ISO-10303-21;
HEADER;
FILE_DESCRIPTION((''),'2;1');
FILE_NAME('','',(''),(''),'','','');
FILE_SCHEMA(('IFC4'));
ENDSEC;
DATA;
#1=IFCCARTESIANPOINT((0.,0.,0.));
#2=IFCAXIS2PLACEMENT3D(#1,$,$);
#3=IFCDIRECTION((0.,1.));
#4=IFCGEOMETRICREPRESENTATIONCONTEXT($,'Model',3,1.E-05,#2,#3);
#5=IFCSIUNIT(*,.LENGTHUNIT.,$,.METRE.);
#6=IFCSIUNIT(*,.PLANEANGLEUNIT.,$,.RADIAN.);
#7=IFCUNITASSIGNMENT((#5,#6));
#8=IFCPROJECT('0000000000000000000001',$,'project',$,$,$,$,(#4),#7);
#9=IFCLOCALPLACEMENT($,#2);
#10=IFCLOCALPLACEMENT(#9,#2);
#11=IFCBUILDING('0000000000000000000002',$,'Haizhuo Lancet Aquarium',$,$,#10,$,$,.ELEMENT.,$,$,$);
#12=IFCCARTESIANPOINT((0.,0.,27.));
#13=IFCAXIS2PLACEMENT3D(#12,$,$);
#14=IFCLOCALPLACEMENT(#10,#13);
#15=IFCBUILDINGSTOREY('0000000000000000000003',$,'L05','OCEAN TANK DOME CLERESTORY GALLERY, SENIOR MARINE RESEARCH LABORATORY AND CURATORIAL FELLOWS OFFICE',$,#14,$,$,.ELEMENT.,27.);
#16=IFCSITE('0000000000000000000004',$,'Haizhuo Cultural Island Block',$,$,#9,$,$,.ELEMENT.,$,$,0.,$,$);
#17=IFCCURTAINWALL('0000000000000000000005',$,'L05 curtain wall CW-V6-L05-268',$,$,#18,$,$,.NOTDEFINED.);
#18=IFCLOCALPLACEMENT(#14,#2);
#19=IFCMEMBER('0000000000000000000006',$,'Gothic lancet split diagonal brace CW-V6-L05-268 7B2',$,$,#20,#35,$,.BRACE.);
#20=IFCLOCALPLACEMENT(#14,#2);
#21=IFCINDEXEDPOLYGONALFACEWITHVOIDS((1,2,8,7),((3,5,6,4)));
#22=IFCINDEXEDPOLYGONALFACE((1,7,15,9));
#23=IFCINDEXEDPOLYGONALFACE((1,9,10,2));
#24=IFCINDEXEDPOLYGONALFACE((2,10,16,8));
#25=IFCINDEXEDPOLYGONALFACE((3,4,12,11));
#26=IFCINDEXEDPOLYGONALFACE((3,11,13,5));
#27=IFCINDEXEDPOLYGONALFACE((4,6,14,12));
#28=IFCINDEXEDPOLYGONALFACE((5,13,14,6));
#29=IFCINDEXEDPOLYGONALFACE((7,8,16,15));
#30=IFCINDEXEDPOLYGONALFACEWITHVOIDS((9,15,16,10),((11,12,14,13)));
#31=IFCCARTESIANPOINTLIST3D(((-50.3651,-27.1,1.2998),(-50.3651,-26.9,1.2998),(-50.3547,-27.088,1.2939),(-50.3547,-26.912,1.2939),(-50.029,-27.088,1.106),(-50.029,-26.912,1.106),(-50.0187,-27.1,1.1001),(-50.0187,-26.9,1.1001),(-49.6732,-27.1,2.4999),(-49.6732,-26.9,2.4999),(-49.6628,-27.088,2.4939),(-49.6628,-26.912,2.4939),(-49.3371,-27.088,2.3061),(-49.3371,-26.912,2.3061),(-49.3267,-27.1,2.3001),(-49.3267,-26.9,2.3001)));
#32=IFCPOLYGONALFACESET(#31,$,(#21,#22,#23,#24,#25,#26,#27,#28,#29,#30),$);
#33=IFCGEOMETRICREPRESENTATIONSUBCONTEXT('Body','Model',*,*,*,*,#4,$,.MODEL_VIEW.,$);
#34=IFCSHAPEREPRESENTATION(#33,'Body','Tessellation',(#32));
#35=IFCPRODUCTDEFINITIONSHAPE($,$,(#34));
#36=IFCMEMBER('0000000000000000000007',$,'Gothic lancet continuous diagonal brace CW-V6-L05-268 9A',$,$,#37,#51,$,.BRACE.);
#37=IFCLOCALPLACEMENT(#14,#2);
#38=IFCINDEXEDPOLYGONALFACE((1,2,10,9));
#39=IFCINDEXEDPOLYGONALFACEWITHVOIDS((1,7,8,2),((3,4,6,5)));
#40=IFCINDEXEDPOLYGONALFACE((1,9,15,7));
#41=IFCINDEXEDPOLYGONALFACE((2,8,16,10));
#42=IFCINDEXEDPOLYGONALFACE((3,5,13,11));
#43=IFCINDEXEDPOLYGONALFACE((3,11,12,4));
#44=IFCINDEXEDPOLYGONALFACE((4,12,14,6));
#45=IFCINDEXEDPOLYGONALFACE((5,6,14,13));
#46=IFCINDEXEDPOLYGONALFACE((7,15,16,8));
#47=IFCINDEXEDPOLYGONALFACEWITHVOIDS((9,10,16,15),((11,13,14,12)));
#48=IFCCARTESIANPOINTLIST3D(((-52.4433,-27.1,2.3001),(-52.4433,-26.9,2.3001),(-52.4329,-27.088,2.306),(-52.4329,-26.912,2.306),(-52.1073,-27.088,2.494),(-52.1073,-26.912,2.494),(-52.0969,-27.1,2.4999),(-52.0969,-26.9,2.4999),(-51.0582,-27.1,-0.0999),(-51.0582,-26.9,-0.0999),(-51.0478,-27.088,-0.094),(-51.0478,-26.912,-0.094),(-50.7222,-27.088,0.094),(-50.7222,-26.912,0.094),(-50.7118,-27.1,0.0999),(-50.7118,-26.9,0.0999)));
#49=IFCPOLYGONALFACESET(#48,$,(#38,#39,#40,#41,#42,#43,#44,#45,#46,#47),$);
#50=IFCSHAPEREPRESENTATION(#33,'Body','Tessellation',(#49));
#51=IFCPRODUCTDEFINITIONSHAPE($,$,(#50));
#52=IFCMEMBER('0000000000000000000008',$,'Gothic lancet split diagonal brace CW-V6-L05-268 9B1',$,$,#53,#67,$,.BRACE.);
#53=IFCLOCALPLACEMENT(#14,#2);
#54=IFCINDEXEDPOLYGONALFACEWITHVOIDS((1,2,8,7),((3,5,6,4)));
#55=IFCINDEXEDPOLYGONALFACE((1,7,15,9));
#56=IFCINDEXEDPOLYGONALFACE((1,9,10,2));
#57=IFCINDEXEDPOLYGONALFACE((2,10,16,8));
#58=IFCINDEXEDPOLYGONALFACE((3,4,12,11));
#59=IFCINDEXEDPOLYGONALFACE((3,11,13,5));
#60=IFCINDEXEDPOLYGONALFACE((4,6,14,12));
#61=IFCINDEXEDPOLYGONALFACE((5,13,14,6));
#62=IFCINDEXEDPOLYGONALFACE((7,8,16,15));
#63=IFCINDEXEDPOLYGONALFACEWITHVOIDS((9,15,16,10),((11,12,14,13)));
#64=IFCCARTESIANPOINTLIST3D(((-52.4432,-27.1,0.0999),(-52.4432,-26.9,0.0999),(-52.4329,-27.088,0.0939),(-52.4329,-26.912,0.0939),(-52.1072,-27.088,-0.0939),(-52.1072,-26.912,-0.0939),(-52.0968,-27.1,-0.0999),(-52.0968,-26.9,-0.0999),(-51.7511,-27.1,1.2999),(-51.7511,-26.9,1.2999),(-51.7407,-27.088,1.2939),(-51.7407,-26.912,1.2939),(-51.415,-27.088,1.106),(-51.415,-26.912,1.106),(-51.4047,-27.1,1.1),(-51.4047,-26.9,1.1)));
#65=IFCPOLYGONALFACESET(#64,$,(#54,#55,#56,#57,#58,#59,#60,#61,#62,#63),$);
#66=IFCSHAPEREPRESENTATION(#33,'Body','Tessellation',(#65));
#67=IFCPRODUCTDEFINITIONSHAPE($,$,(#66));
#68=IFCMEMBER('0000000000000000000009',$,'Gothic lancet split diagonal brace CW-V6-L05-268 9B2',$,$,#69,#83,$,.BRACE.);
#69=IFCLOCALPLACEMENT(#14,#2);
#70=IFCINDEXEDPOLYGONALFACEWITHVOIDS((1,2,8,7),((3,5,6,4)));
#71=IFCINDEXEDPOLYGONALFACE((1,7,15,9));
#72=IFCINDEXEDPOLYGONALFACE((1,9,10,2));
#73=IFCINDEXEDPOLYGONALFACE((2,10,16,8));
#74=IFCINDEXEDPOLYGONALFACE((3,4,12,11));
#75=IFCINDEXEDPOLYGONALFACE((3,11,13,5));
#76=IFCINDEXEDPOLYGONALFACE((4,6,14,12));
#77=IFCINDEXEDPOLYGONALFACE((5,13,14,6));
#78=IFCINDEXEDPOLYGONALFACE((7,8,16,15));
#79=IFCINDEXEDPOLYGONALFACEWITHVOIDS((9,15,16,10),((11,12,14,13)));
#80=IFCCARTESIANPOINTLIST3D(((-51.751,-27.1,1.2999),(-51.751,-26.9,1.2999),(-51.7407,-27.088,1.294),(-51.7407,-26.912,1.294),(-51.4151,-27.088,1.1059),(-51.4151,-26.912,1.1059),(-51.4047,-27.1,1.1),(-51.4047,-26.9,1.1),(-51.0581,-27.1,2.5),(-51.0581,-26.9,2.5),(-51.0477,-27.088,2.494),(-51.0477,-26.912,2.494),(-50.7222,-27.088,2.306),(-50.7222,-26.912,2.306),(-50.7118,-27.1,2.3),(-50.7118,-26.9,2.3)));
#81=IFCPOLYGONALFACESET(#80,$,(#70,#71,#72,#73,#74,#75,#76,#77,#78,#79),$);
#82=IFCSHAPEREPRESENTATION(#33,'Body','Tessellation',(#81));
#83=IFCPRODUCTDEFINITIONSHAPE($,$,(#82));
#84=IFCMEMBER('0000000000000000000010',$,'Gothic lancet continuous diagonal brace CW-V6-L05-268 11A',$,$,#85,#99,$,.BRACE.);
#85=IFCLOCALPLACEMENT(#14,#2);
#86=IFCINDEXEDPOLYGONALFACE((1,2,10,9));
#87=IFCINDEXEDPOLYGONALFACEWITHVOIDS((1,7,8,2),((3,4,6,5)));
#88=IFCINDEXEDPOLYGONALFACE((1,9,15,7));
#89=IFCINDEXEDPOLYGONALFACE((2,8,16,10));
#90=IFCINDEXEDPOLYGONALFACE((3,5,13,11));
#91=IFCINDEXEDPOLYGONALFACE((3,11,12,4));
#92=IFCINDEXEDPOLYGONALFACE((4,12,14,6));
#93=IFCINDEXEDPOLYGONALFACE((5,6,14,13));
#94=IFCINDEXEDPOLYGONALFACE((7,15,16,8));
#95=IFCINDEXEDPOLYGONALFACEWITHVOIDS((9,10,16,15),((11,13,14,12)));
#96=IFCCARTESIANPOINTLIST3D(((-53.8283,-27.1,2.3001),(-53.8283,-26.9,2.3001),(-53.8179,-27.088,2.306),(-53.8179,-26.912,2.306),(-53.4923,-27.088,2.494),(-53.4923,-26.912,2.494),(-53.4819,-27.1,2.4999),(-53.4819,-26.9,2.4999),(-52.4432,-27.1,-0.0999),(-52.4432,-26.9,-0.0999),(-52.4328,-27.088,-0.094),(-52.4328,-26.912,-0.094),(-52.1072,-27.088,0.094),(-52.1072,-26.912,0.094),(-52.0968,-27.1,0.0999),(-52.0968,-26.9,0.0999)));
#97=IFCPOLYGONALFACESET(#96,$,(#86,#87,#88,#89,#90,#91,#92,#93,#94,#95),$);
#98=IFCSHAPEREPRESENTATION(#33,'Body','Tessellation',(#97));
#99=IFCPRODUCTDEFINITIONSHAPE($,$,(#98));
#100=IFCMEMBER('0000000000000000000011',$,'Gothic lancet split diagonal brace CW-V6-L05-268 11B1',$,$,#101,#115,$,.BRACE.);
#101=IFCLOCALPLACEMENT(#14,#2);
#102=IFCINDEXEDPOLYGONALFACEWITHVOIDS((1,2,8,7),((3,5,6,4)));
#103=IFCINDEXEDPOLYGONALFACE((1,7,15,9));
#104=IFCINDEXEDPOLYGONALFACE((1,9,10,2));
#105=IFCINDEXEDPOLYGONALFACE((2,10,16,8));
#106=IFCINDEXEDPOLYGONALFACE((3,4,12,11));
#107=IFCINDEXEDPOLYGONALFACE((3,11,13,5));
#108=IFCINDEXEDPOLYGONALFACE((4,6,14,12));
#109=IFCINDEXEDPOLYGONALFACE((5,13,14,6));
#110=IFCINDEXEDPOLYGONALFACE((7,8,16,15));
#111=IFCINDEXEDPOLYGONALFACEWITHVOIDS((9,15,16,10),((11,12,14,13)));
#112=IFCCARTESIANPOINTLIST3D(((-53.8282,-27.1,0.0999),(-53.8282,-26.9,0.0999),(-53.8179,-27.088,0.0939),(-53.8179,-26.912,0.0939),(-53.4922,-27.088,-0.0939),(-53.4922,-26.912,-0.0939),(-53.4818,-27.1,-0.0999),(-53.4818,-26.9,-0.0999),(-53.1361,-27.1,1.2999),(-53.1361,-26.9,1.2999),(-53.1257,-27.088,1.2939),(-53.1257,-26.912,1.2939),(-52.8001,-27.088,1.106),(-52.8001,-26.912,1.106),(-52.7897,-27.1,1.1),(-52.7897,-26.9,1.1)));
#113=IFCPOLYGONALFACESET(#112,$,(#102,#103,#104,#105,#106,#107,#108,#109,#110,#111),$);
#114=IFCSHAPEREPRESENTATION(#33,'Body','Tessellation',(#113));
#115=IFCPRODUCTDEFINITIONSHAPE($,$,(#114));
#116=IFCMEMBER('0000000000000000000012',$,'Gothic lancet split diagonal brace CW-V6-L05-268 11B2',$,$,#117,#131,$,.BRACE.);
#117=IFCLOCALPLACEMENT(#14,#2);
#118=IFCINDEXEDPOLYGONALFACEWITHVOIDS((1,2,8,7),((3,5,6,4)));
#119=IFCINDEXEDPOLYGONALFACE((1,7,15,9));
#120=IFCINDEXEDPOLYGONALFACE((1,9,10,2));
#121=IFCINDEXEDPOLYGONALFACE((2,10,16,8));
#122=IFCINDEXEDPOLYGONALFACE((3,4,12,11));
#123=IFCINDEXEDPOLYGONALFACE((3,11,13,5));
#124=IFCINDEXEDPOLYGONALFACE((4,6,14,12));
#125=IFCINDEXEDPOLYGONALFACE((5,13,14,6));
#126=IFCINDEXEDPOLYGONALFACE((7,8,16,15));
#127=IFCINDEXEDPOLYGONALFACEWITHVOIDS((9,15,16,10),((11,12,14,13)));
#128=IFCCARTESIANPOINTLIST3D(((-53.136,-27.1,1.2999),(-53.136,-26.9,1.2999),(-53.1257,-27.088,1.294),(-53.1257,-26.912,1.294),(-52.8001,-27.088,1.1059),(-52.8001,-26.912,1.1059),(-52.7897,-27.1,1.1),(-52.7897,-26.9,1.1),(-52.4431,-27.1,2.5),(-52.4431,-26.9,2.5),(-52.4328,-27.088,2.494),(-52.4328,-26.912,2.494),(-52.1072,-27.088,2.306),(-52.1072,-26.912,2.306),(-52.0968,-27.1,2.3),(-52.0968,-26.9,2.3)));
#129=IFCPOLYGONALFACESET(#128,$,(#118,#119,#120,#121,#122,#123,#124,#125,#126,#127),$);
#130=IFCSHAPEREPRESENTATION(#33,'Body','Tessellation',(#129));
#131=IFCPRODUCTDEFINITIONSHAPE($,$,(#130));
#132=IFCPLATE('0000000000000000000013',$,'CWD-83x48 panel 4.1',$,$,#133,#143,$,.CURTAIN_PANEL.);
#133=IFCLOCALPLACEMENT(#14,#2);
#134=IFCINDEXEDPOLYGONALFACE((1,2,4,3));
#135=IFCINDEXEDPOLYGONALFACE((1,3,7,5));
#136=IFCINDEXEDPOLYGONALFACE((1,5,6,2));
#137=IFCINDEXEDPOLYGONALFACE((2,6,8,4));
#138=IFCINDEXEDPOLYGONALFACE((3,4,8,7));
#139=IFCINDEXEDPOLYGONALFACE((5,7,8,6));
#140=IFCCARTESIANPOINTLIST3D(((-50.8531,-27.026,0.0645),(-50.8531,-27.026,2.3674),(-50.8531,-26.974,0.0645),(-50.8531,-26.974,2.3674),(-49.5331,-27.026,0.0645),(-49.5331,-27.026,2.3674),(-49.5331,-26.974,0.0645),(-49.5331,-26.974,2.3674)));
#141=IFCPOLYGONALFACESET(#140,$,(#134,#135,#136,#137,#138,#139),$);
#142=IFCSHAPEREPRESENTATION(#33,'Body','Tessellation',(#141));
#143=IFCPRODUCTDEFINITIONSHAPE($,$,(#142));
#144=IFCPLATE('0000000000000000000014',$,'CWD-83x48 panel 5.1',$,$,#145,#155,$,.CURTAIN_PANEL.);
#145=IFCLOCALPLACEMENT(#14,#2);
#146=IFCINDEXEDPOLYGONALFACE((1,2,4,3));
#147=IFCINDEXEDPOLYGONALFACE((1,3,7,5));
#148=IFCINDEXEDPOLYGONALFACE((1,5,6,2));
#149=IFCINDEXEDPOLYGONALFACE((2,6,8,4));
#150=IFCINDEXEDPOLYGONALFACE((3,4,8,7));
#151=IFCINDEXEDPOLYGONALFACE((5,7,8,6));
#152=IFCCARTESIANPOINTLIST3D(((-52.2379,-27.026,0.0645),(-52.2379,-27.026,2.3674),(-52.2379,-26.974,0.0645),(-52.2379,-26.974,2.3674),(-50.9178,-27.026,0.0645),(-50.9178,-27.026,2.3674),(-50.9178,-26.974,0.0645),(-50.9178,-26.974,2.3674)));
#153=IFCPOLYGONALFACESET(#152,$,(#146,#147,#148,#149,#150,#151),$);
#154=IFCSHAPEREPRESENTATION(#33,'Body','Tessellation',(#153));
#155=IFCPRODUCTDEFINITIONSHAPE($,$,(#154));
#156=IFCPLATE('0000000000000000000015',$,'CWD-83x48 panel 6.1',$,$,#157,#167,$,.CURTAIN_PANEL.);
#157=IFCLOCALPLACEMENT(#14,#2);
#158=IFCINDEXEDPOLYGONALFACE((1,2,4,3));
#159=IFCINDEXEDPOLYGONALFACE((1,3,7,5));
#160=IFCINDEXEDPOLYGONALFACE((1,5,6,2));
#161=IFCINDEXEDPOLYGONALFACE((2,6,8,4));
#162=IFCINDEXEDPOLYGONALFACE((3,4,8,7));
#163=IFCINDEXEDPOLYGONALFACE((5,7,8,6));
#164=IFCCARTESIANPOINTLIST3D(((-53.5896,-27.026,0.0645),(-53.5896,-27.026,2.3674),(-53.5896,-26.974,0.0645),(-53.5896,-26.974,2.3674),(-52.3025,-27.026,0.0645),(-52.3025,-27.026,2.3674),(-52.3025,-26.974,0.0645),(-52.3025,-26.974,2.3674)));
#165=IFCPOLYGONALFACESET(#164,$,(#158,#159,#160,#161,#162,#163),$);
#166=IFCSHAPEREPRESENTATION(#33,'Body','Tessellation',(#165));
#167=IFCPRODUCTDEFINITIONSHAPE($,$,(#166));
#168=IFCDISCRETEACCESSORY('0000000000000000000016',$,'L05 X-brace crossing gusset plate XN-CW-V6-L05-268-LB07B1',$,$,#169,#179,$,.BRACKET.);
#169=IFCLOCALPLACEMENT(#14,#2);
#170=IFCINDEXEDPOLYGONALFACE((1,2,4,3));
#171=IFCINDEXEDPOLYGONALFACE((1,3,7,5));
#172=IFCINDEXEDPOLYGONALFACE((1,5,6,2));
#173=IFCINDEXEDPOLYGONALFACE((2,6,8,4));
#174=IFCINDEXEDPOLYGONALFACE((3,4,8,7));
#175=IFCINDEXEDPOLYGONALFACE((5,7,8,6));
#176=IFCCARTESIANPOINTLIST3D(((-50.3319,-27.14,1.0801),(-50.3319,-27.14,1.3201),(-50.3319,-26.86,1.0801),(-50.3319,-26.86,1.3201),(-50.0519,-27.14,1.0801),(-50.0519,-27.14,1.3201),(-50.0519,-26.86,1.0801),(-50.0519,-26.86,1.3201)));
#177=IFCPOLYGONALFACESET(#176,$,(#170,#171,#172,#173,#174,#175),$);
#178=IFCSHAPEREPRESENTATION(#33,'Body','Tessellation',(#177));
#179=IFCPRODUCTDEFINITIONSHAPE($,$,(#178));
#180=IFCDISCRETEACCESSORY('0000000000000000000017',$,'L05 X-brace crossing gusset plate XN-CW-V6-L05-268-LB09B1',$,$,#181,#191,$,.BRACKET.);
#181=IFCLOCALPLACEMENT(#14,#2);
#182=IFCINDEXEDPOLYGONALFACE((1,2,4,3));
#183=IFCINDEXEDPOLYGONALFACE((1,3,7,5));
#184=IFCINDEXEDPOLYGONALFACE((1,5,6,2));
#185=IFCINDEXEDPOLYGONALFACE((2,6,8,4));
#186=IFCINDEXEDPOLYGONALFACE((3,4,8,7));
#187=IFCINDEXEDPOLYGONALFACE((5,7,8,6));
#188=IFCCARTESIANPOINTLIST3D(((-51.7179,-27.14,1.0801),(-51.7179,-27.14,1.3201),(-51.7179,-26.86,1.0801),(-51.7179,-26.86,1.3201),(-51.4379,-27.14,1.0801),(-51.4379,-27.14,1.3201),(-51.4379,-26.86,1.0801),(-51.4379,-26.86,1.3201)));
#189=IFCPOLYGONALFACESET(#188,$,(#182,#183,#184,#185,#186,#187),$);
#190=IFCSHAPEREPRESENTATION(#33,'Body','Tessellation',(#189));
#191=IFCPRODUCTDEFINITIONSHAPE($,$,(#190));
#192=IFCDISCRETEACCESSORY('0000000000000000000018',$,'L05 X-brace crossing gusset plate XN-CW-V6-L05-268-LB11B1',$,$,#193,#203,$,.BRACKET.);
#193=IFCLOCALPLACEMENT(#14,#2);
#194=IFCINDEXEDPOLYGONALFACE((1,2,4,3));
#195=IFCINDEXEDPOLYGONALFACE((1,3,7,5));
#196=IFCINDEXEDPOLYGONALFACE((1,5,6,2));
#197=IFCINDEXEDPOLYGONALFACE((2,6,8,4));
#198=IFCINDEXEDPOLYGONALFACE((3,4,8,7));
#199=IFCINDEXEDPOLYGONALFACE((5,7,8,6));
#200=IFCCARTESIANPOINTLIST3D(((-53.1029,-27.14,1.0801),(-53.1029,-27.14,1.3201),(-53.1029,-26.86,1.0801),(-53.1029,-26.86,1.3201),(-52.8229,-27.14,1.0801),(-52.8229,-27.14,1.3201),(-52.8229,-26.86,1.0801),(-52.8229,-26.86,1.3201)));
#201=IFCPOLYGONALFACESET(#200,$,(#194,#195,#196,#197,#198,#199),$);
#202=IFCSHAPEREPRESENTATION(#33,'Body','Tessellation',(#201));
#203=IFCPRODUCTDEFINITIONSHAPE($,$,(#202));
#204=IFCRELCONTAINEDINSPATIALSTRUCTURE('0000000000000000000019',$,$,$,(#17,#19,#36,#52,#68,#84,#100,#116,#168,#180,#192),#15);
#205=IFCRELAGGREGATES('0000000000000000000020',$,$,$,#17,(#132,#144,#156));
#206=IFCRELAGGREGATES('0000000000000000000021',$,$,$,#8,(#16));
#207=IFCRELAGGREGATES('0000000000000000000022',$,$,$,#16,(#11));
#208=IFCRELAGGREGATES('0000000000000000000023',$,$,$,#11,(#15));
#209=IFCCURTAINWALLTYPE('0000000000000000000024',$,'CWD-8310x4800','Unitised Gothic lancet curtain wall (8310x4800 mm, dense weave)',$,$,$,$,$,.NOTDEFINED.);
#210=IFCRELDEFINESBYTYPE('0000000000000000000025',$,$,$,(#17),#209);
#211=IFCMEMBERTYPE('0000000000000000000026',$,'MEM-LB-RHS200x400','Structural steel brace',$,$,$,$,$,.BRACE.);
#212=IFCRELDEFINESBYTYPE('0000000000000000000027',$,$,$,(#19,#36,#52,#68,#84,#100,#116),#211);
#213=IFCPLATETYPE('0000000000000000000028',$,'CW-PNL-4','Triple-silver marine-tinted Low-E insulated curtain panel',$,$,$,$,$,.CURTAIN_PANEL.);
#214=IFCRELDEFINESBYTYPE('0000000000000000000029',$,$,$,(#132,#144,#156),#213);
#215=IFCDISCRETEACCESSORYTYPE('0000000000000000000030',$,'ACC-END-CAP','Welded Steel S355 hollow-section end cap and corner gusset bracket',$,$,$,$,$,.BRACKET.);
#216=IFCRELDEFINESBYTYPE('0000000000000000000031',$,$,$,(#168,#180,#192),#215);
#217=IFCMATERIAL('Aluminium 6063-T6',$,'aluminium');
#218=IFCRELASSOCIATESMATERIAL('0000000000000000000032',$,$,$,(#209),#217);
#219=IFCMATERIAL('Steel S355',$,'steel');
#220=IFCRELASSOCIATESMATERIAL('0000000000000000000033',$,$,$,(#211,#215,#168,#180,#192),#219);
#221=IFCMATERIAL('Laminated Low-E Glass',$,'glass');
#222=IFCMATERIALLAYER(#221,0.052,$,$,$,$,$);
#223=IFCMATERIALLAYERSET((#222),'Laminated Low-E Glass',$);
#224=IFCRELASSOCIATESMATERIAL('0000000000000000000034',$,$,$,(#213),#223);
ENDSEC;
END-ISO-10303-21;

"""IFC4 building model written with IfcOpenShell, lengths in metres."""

from ifc_helpers import new_model, si_unit, direction, frame, origin, origin_2d, place, context, subcontext, project, spatial, rectangle, hollow_rectangle, extrude, material, layer, layer_set, material_profile, profile_set, type_object, element, aggregate, save


model = new_model("IFC4")

# Units and contexts
model_context = context("Model", 3, precision=1e-05, world=origin(), true_north=direction((0.0, 1.0)))
body_context = subcontext(model_context, "Body", "Model", "MODEL_VIEW")
ifc_project = project(units=[si_unit("LENGTHUNIT", "METRE"), si_unit("PLANEANGLEUNIT", "RADIAN")], contexts=[model_context])

# Site, building, storey
site_placement = place(None, origin())
site = spatial("IfcSite", under=ifc_project, at=site_placement, Name="Haizhuo Cultural Island Block", CompositionType="ELEMENT", RefElevation=0.0)
building_placement = place(site_placement, origin())
building = spatial("IfcBuilding", under=site, at=building_placement, Name="Haizhuo Lancet Aquarium", CompositionType="ELEMENT")
storey_placement = place(building_placement, frame((0.0, 0.0, 27.0)))
storey = spatial("IfcBuildingStorey", under=building, at=storey_placement, Name="L05", Description="OCEAN TANK DOME CLERESTORY GALLERY, SENIOR MARINE RESEARCH LABORATORY AND CURATORIAL FELLOWS OFFICE", CompositionType="ELEMENT", Elevation=27.0)

# Curtain wall
ifc_material_1 = material(Name="Aluminium 6063-T6", Category="aluminium")
curtain_wall_type = type_object("IfcCurtainWallType", Name="CWD-8310x4800", Description="Unitised Gothic lancet curtain wall (8310x4800 mm, dense weave)", PredefinedType="NOTDEFINED", material=ifc_material_1)
curtain_wall_placement = place(storey_placement, origin())
curtain_wall = element("IfcCurtainWall", 1, at=curtain_wall_placement, inside=storey, type_object=curtain_wall_type, Name="L05 curtain wall CW-V6-L05-268", PredefinedType="NOTDEFINED")

# Members
ifc_material_2 = material(Name="Steel S355", Category="steel")
ifc_material_profile_1 = material_profile(ifc_material_2, hollow_rectangle(XDim=0.2, YDim=0.3999, WallThickness=0.012, at=origin_2d()), Name="RHS 200x400x12")
ifc_profile_set_1 = profile_set([ifc_material_profile_1], Name="Steel S355")
member_type_1 = type_object("IfcMemberType", Name="MEM-LB-RHS200x400", Description="Structural steel brace", PredefinedType="BRACE", material=ifc_profile_set_1)
member_1_placement = place(storey_placement, frame((-50.1919, -27.0, 1.2), z_axis=(0.499514, 0.0, 0.866306), x_axis=(0.0, 1.0, 0.0)))
element("IfcMember", 2, at=member_1_placement, inside=storey, type_object=member_type_1, Name="Gothic lancet split diagonal brace CW-V6-L05-268 7B2", PredefinedType="BRACE", context=body_context, shape_type="SweptSolid", body=[
    extrude(hollow_rectangle(XDim=0.2, YDim=0.3999, WallThickness=0.012, at=origin_2d()), origin(), (0.0, 0.0, 1.0), 1.3853),
])
member_2_placement = place(storey_placement, frame((-50.885, -27.0, 0.0), z_axis=(-0.499844, 0.0, 0.866115), x_axis=(0.0, -1.0, 0.0)))
element("IfcMember", 3, at=member_2_placement, inside=storey, type_object=member_type_1, Name="Gothic lancet continuous diagonal brace CW-V6-L05-268 9A", PredefinedType="BRACE", context=body_context, shape_type="SweptSolid", body=[
    extrude(hollow_rectangle(XDim=0.2, YDim=0.3999, WallThickness=0.012, at=origin_2d()), origin(), (0.0, 0.0, 1.0), 2.771),
])
member_3_placement = place(storey_placement, frame((-52.27, -27.0, 0.0), z_axis=(0.499646, 0.0, 0.86623), x_axis=(0.0, 1.0, 0.0)))
element("IfcMember", 4, at=member_3_placement, inside=storey, type_object=member_type_1, Name="Gothic lancet split diagonal brace CW-V6-L05-268 9B1", PredefinedType="BRACE", context=body_context, shape_type="SweptSolid", body=[
    extrude(hollow_rectangle(XDim=0.2, YDim=0.3999, WallThickness=0.012, at=origin_2d()), origin(), (0.0, 0.0, 1.0), 1.3853),
])
member_4_placement = place(storey_placement, frame((-51.5779, -27.0, 1.2), z_axis=(0.500043, 0.0, 0.866001), x_axis=(0.0, 1.0, 0.0)))
element("IfcMember", 5, at=member_4_placement, inside=storey, type_object=member_type_1, Name="Gothic lancet split diagonal brace CW-V6-L05-268 9B2", PredefinedType="BRACE", context=body_context, shape_type="SweptSolid", body=[
    extrude(hollow_rectangle(XDim=0.2, YDim=0.3999, WallThickness=0.012, at=origin_2d()), origin(), (0.0, 0.0, 1.0), 1.3857),
])
member_5_placement = place(storey_placement, frame((-52.27, -27.0, 0.0), z_axis=(-0.499844, 0.0, 0.866115), x_axis=(0.0, -1.0, 0.0)))
element("IfcMember", 6, at=member_5_placement, inside=storey, type_object=member_type_1, Name="Gothic lancet continuous diagonal brace CW-V6-L05-268 11A", PredefinedType="BRACE", context=body_context, shape_type="SweptSolid", body=[
    extrude(hollow_rectangle(XDim=0.2, YDim=0.3999, WallThickness=0.012, at=origin_2d()), origin(), (0.0, 0.0, 1.0), 2.771),
])
member_6_placement = place(storey_placement, frame((-53.655, -27.0, 0.0), z_axis=(0.499646, 0.0, 0.86623), x_axis=(0.0, 1.0, 0.0)))
element("IfcMember", 7, at=member_6_placement, inside=storey, type_object=member_type_1, Name="Gothic lancet split diagonal brace CW-V6-L05-268 11B1", PredefinedType="BRACE", context=body_context, shape_type="SweptSolid", body=[
    extrude(hollow_rectangle(XDim=0.2, YDim=0.3999, WallThickness=0.012, at=origin_2d()), origin(), (0.0, 0.0, 1.0), 1.3853),
])
member_7_placement = place(storey_placement, frame((-52.9629, -27.0, 1.2), z_axis=(0.500043, 0.0, 0.866001), x_axis=(0.0, 1.0, 0.0)))
element("IfcMember", 8, at=member_7_placement, inside=storey, type_object=member_type_1, Name="Gothic lancet split diagonal brace CW-V6-L05-268 11B2", PredefinedType="BRACE", context=body_context, shape_type="SweptSolid", body=[
    extrude(hollow_rectangle(XDim=0.2, YDim=0.3999, WallThickness=0.012, at=origin_2d()), origin(), (0.0, 0.0, 1.0), 1.3857),
])

# Plates
ifc_material_3 = material(Name="Laminated Low-E Glass", Category="glass")
ifc_layer = layer(ifc_material_3, 0.052)
ifc_layer_set = layer_set([ifc_layer], Name="Laminated Low-E Glass")
plate_type = type_object("IfcPlateType", Name="CW-PNL-4", Description="Triple-silver marine-tinted Low-E insulated curtain panel", PredefinedType="CURTAIN_PANEL", material=ifc_layer_set)
plate_1_placement = place(storey_placement, frame((-50.1931, -27.0, 0.0645), z_axis=(0.0, 0.0, 1.0), x_axis=(-1.0, 0.0, 0.0)))
plate_1 = element("IfcPlate", 9, at=plate_1_placement, type_object=plate_type, Name="CWD-83x48 panel 4.1", PredefinedType="CURTAIN_PANEL", context=body_context, shape_type="SweptSolid", body=[
    extrude(rectangle(XDim=1.3201, YDim=0.052, at=origin_2d()), origin(), (0.0, 0.0, 1.0), 2.303),
])
plate_2_placement = place(storey_placement, frame((-51.5779, -27.0, 0.0645), z_axis=(0.0, 0.0, 1.0), x_axis=(-1.0, 0.0, 0.0)))
plate_2 = element("IfcPlate", 10, at=plate_2_placement, type_object=plate_type, Name="CWD-83x48 panel 5.1", PredefinedType="CURTAIN_PANEL", context=body_context, shape_type="SweptSolid", body=[
    extrude(rectangle(XDim=1.3201, YDim=0.052, at=origin_2d()), origin(), (0.0, 0.0, 1.0), 2.303),
])
plate_3_placement = place(storey_placement, frame((-52.946, -27.0, 0.0645), z_axis=(0.0, 0.0, 1.0), x_axis=(-1.0, 0.0, 0.0)))
plate_3 = element("IfcPlate", 11, at=plate_3_placement, type_object=plate_type, Name="CWD-83x48 panel 6.1", PredefinedType="CURTAIN_PANEL", context=body_context, shape_type="SweptSolid", body=[
    extrude(rectangle(XDim=1.2871, YDim=0.052, at=origin_2d()), origin(), (0.0, 0.0, 1.0), 2.303),
])
aggregate(curtain_wall, [plate_1, plate_2, plate_3])

# Discrete accessories
discrete_accessory_type = type_object("IfcDiscreteAccessoryType", Name="ACC-END-CAP", Description="Welded Steel S355 hollow-section end cap and corner gusset bracket", PredefinedType="BRACKET", material=ifc_material_2)
for number, where, z_axis, x_axis, name in (
    (12, (-50.1919, -27.0, 1.0801), (0.0, 0.0, 1.0), (1.0, 0.0, 0.0), "L05 X-brace crossing gusset plate XN-CW-V6-L05-268-LB07B1"),
    (13, (-51.5779, -27.0, 1.0801), (0.0, 0.0, 1.0), (1.0, 0.0, 0.0), "L05 X-brace crossing gusset plate XN-CW-V6-L05-268-LB09B1"),
    (14, (-52.9629, -27.0, 1.0801), (0.0, 0.0, 1.0), (1.0, 0.0, 0.0), "L05 X-brace crossing gusset plate XN-CW-V6-L05-268-LB11B1"),
):
    element("IfcDiscreteAccessory", number, at=place(storey_placement, frame(where, z_axis=z_axis, x_axis=x_axis)), inside=storey, type_object=discrete_accessory_type, material=ifc_material_2, Name=name, PredefinedType="BRACKET", context=body_context, shape_type="SweptSolid", body=[
        extrude(rectangle(XDim=0.28, YDim=0.28, at=origin_2d()), origin(), (0.0, 0.0, 1.0), 0.24),
    ])

save(model, "model.ifc")
